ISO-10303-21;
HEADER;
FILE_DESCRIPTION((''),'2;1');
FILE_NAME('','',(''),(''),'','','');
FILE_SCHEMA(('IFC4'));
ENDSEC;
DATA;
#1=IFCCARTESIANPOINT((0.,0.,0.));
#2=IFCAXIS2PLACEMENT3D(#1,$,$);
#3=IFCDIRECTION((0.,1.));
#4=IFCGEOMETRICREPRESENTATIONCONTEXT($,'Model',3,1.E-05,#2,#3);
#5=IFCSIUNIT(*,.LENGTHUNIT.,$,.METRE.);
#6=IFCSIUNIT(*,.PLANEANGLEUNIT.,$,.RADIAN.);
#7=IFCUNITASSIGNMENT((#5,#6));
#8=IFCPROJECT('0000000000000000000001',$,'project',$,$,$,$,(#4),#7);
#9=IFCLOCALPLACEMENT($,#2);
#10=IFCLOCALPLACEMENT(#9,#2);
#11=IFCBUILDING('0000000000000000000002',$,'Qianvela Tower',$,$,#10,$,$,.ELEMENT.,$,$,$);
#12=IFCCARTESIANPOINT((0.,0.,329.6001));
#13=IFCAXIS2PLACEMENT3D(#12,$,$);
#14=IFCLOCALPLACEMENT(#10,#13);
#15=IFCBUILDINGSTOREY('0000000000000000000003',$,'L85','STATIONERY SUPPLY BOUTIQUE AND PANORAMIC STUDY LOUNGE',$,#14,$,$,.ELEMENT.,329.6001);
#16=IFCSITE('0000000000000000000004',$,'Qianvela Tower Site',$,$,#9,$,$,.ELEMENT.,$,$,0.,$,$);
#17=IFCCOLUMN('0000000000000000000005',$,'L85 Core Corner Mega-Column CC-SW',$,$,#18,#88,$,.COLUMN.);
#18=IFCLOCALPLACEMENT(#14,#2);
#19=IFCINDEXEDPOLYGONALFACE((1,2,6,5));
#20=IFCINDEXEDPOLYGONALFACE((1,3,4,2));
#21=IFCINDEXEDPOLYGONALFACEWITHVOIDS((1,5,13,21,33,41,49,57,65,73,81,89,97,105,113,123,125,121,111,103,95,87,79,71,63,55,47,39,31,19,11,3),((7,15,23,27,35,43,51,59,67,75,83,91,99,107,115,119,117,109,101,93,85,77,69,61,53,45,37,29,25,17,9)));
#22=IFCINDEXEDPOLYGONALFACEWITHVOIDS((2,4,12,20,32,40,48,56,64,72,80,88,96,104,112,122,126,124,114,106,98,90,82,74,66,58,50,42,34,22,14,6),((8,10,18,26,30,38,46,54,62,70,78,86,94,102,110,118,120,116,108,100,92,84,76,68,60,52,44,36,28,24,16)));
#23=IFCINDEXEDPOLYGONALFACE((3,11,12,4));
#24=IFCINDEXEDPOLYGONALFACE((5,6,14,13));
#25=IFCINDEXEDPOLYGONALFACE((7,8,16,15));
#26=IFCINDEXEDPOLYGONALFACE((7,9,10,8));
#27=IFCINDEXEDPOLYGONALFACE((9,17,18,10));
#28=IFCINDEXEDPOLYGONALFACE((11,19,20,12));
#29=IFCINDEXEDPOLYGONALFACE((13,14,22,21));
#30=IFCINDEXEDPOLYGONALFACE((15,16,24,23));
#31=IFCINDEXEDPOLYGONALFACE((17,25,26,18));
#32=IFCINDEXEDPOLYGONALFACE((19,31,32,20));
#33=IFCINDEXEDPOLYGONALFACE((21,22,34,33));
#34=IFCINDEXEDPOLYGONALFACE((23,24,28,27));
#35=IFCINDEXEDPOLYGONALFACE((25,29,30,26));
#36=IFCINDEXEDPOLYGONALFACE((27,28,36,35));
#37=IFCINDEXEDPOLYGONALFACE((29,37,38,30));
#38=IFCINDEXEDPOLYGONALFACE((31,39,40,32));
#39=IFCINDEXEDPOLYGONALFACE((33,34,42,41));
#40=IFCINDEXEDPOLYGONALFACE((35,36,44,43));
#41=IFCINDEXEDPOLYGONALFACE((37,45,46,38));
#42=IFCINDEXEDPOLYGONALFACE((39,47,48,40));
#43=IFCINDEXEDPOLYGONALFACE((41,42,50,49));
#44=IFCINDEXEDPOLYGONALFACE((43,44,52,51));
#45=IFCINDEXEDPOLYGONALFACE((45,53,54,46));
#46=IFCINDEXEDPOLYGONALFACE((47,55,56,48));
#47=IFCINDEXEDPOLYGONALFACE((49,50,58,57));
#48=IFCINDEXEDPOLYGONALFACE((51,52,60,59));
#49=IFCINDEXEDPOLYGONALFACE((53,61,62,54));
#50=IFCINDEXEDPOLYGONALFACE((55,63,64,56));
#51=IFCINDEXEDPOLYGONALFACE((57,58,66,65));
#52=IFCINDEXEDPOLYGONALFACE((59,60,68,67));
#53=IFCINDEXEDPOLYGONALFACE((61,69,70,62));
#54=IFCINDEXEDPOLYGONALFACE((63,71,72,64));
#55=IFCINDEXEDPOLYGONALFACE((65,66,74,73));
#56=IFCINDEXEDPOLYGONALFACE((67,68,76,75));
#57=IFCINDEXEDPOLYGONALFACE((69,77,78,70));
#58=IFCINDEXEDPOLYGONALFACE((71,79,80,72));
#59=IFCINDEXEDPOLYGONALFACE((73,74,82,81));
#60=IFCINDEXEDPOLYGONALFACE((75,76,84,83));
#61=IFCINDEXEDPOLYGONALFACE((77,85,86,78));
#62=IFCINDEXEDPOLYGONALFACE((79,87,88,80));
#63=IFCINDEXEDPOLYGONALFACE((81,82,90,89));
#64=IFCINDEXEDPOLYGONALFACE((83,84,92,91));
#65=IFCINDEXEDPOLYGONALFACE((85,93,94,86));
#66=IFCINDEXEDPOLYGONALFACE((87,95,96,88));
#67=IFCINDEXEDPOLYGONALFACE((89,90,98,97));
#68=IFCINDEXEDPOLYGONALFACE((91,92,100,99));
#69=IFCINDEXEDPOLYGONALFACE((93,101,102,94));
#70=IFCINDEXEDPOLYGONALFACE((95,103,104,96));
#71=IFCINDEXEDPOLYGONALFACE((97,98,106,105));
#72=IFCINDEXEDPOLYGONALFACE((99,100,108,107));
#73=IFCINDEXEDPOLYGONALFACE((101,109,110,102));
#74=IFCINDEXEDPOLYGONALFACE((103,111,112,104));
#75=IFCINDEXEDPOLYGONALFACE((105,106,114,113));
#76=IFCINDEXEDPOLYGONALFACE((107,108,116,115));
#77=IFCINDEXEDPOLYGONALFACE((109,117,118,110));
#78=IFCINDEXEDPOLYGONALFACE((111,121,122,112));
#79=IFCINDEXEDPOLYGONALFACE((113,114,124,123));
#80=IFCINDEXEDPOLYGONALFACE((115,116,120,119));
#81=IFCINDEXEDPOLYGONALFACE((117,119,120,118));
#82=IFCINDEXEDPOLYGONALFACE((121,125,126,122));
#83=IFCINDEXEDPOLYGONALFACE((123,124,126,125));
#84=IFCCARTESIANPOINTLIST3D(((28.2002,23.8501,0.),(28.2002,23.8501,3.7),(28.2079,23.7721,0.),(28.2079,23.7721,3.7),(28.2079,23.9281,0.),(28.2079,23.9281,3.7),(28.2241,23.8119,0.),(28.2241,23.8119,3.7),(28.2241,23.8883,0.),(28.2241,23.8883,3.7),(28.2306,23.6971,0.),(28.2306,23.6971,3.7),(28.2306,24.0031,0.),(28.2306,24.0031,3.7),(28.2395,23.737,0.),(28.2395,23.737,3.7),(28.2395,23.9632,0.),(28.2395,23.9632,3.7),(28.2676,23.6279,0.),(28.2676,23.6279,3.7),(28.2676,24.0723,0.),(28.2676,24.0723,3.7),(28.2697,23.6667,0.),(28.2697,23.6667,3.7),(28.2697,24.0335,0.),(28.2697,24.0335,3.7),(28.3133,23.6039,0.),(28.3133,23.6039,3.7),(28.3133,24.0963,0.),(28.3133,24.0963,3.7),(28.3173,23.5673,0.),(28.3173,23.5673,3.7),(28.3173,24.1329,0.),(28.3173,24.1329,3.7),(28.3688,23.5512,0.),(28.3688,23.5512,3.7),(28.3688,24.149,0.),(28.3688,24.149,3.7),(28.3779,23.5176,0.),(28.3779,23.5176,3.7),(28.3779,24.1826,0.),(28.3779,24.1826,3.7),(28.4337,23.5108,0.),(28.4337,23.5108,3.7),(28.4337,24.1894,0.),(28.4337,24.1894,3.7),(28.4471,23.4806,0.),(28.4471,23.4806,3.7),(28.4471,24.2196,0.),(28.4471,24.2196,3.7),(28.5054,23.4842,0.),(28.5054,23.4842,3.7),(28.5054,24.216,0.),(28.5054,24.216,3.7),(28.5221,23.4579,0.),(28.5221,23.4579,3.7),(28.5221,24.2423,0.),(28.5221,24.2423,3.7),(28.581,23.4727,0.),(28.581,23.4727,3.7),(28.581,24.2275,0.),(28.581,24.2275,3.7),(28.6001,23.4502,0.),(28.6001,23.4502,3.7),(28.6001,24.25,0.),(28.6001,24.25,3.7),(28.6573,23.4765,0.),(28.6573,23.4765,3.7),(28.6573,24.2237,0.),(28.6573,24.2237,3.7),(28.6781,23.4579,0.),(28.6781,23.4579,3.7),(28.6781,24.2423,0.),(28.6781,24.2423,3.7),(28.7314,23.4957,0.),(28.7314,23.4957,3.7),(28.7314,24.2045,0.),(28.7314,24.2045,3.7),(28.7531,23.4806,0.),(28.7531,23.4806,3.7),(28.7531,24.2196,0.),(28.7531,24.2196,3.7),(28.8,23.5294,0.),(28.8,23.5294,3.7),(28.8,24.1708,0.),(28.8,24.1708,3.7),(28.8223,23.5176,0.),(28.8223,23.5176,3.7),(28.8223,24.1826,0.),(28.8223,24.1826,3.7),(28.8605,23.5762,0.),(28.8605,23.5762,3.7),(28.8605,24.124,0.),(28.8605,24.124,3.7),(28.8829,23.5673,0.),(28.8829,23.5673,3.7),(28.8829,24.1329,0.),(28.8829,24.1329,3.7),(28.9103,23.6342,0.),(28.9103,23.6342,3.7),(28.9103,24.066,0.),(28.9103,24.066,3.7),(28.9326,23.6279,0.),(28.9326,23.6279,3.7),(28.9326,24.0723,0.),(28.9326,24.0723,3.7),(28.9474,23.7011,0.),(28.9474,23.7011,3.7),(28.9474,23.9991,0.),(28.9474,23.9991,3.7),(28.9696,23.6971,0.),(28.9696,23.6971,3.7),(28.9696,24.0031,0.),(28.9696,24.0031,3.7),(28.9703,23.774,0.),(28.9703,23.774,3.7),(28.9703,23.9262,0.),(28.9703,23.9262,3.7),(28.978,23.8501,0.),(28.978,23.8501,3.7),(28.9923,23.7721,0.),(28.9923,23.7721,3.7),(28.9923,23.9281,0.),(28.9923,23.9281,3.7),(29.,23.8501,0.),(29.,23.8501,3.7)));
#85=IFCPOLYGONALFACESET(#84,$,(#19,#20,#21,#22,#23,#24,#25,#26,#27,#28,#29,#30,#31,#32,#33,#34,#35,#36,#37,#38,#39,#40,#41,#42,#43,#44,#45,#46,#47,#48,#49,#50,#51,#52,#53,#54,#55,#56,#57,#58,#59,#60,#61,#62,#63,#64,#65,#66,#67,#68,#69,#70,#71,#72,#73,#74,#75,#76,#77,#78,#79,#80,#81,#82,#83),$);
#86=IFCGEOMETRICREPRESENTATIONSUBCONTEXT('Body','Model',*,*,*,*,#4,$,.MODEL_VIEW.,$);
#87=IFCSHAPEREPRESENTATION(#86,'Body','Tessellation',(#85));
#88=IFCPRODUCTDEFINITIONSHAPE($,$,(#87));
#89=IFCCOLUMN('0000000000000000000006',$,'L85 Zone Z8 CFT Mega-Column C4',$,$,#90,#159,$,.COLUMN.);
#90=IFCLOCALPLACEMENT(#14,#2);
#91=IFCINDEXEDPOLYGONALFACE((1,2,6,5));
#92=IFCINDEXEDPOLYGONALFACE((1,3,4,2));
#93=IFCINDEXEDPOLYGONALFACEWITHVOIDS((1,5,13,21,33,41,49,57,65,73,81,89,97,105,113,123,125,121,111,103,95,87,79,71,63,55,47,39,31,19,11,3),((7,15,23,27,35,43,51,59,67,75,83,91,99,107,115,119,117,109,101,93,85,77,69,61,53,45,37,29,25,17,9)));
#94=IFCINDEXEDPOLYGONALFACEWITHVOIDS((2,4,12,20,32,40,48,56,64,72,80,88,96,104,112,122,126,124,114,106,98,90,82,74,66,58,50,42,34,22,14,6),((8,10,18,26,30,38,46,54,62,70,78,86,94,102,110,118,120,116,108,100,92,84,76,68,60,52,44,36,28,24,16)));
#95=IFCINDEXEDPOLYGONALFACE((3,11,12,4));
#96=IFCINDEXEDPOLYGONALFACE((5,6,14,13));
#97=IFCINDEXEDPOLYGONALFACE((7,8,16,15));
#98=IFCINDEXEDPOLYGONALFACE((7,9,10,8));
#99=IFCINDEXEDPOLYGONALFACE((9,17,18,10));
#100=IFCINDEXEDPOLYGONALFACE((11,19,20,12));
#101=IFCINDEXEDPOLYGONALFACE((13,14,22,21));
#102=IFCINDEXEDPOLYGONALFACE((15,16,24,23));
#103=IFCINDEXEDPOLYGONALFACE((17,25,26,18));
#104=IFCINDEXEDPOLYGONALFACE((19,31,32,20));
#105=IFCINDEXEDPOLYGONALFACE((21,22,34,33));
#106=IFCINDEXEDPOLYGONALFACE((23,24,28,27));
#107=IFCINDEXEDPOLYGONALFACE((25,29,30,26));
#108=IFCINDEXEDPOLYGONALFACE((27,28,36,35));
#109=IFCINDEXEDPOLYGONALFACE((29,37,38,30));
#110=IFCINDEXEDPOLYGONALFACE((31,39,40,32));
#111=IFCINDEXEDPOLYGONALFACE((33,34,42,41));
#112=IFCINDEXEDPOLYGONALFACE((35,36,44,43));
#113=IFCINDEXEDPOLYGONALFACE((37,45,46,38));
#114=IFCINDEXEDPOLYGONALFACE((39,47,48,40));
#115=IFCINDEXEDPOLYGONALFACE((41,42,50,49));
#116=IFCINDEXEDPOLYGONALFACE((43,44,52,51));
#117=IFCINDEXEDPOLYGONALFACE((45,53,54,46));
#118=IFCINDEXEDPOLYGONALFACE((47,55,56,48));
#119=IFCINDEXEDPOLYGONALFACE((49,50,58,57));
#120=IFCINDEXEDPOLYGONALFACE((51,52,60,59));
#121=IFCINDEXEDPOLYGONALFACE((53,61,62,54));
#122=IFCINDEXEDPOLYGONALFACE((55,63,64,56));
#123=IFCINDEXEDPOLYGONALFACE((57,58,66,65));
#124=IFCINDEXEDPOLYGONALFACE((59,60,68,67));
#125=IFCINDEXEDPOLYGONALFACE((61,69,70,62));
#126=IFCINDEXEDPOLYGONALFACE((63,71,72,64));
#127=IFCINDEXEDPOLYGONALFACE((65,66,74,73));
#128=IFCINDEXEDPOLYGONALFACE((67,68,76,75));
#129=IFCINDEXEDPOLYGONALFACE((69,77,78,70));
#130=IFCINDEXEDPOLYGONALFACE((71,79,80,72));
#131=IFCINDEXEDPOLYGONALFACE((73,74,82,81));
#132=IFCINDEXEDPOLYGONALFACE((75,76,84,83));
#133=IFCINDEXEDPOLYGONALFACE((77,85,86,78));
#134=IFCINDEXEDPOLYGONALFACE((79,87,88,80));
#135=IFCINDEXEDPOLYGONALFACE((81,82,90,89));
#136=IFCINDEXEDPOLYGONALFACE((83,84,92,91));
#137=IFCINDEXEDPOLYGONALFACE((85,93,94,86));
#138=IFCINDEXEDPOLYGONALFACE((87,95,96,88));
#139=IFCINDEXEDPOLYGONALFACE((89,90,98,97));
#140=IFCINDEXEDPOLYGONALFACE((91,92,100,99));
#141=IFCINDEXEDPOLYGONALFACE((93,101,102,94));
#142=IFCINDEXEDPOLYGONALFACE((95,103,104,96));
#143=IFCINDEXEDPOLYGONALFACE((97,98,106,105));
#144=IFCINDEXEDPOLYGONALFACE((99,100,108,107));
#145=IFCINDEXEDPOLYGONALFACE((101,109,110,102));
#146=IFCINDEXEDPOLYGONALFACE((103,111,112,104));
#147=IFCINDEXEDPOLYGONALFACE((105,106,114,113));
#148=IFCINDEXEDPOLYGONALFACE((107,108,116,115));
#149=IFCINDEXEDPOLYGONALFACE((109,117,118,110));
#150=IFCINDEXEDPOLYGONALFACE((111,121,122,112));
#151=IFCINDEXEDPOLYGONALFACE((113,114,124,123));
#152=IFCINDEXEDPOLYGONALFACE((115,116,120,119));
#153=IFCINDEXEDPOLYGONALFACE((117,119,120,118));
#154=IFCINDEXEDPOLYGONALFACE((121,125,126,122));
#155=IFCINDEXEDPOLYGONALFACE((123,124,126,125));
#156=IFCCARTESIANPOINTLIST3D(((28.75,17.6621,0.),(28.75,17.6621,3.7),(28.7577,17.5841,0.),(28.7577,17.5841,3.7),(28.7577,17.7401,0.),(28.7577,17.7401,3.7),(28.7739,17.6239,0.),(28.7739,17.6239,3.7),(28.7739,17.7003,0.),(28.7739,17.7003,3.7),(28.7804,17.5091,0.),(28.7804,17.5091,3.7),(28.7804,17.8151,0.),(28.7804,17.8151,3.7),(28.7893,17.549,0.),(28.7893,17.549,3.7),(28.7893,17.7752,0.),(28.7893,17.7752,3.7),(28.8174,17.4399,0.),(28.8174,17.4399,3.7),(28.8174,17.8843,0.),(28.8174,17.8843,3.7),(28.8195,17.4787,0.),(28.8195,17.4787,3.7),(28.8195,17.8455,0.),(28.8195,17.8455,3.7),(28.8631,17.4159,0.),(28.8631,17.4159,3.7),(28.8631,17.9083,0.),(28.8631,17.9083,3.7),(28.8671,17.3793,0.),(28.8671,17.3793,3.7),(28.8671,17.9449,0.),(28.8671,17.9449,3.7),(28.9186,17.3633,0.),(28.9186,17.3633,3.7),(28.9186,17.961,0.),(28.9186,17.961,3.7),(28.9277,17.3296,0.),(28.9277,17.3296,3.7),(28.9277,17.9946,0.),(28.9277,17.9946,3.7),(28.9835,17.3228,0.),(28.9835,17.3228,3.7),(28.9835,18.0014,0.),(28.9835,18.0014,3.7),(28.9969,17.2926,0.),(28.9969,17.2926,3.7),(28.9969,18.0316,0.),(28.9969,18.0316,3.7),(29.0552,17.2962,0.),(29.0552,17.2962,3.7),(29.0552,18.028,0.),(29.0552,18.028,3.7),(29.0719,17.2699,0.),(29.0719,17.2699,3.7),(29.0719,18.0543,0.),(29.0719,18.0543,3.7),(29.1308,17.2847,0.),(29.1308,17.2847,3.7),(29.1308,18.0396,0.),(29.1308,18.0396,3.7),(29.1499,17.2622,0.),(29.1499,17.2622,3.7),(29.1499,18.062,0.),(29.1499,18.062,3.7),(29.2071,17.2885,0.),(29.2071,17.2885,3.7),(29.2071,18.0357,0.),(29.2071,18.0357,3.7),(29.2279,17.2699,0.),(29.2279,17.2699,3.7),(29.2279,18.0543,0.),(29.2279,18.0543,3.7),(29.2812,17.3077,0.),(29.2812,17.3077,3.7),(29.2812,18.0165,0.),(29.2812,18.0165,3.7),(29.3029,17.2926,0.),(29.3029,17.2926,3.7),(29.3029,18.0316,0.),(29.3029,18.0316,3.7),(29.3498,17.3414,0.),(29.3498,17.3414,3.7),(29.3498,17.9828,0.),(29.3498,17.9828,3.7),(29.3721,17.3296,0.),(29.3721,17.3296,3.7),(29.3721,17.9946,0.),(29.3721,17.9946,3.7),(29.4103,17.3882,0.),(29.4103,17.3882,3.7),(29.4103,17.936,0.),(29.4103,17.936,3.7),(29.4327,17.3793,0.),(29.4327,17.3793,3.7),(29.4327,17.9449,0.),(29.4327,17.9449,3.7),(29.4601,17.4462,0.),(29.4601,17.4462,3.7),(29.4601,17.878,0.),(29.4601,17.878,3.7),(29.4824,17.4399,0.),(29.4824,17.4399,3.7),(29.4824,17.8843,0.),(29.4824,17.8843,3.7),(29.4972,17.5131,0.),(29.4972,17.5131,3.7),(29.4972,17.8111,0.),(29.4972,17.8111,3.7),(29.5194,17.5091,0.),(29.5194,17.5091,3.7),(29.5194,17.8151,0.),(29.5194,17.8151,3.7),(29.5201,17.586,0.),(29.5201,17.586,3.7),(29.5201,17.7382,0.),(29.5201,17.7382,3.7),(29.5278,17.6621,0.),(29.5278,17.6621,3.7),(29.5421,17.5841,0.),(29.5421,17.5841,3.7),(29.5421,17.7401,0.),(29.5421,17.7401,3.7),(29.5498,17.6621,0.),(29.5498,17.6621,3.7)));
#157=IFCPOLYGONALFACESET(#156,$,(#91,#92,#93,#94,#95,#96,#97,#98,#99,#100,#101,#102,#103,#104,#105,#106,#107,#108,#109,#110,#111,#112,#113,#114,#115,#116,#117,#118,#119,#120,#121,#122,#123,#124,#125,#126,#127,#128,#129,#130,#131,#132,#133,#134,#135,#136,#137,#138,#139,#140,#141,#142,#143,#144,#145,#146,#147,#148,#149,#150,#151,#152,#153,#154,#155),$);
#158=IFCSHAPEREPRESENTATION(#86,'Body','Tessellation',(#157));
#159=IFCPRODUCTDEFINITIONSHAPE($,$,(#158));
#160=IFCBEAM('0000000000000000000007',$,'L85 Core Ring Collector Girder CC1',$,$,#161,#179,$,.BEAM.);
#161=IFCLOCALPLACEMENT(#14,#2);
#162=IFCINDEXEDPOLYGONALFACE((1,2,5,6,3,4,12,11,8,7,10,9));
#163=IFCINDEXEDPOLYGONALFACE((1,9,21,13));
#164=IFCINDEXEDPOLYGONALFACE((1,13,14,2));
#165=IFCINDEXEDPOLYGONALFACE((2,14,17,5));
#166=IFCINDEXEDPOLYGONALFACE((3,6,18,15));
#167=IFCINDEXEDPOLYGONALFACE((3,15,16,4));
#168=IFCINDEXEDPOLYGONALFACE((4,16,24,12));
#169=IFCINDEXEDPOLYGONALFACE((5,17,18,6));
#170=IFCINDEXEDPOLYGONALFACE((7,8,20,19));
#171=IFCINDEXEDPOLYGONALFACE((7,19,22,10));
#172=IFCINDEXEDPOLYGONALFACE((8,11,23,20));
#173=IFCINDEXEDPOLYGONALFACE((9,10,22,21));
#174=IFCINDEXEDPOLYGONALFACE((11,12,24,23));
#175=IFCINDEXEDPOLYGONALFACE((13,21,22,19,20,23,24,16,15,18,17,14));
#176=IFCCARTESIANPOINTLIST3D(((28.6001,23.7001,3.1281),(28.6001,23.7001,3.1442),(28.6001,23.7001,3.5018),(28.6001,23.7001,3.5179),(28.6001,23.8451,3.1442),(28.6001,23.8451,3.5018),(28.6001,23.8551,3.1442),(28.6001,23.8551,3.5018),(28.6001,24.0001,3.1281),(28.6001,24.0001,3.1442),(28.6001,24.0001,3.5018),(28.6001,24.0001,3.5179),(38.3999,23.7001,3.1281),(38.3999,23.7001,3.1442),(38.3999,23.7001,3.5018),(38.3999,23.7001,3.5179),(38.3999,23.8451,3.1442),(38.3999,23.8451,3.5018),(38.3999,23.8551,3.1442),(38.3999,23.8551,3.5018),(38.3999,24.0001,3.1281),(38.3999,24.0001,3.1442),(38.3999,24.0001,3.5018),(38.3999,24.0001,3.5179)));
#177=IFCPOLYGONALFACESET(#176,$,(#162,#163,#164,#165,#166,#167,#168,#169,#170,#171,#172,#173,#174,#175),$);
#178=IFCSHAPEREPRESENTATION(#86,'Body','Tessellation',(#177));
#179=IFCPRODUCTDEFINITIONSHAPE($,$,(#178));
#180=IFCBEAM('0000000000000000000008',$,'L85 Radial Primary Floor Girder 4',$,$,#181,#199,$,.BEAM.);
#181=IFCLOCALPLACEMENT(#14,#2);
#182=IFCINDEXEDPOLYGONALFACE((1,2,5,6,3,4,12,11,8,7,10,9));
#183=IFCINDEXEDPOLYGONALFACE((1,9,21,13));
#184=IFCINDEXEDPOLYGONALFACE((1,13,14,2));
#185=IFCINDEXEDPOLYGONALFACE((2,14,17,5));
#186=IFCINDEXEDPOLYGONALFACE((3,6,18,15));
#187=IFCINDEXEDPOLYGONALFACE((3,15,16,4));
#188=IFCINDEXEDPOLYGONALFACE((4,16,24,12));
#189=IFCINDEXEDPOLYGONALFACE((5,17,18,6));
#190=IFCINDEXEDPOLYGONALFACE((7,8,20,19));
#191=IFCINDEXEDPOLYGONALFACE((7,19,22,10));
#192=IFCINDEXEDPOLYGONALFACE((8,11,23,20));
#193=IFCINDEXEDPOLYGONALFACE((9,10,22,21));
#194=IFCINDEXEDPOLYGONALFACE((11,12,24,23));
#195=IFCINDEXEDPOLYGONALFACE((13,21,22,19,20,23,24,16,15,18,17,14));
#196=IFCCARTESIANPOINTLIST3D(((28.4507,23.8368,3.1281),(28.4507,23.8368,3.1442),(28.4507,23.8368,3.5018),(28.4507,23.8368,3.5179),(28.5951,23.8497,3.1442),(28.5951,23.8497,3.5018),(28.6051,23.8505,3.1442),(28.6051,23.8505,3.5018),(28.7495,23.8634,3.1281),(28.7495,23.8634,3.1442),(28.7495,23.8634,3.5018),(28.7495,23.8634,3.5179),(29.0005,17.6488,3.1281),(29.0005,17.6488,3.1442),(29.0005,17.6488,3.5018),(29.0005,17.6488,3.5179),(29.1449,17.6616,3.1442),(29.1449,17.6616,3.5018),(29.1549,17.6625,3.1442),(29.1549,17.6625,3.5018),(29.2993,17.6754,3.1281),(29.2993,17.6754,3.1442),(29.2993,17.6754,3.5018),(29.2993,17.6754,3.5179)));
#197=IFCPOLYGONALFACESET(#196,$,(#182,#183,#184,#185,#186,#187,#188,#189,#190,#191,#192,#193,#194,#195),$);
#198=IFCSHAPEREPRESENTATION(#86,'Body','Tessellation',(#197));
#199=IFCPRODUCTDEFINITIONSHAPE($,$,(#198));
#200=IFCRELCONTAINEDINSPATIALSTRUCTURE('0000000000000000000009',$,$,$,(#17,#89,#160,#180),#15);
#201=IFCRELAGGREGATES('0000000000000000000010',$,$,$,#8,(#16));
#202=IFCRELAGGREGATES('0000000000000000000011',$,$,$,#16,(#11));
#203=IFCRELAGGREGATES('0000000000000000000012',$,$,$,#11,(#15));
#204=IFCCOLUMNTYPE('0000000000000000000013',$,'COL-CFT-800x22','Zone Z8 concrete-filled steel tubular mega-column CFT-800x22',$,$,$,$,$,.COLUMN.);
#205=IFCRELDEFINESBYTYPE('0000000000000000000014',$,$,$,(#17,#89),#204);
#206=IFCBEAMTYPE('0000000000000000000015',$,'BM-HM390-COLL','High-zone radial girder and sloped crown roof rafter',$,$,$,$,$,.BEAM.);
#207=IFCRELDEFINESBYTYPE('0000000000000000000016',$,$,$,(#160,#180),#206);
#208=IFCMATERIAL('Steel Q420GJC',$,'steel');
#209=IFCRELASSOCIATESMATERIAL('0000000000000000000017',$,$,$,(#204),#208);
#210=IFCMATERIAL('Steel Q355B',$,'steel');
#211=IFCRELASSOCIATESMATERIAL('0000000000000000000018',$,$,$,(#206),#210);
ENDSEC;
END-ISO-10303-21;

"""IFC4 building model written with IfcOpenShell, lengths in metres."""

from ifc_helpers import new_model, si_unit, direction, frame, origin, origin_2d, place, context, subcontext, project, spatial, hollow_circle, i_section, extrude, material, material_profile, profile_set, type_object, element, save


model = new_model("IFC4")

# Units and contexts
model_context = context("Model", 3, precision=1e-05, world=origin(), true_north=direction((0.0, 1.0)))
body_context = subcontext(model_context, "Body", "Model", "MODEL_VIEW")
ifc_project = project(units=[si_unit("LENGTHUNIT", "METRE"), si_unit("PLANEANGLEUNIT", "RADIAN")], contexts=[model_context])

# Site, building, storey
site_placement = place(None, origin())
site = spatial("IfcSite", under=ifc_project, at=site_placement, Name="Qianvela Tower Site", CompositionType="ELEMENT", RefElevation=0.0)
building_placement = place(site_placement, origin())
building = spatial("IfcBuilding", under=site, at=building_placement, Name="Qianvela Tower", CompositionType="ELEMENT")
storey_placement = place(building_placement, frame((0.0, 0.0, 329.6001)))
storey = spatial("IfcBuildingStorey", under=building, at=storey_placement, Name="L85", Description="STATIONERY SUPPLY BOUTIQUE AND PANORAMIC STUDY LOUNGE", CompositionType="ELEMENT", Elevation=329.6001)

# Columns
ifc_material_1 = material(Name="Steel Q420GJC", Category="steel")
ifc_material_profile_1 = material_profile(ifc_material_1, hollow_circle(Radius=0.3999, WallThickness=0.022, at=origin_2d()), Name="CFT-800x22")
ifc_profile_set_1 = profile_set([ifc_material_profile_1], Name="Steel Q420GJC")
column_type = type_object("IfcColumnType", Name="COL-CFT-800x22", Description="Zone Z8 concrete-filled steel tubular mega-column CFT-800x22", PredefinedType="COLUMN", material=ifc_profile_set_1)
for number, where, z_axis, x_axis, name in (
    (1, (28.6001, 23.8501, 0.0), (0.0, 0.0, 1.0), (1.0, 0.0, 0.0), "L85 Core Corner Mega-Column CC-SW"),
    (2, (29.1499, 17.6621, 0.0), (0.0, 0.0, 1.0), (1.0, 0.0, 0.0), "L85 Zone Z8 CFT Mega-Column C4"),
):
    element("IfcColumn", number, at=place(storey_placement, frame(where, z_axis=z_axis, x_axis=x_axis)), inside=storey, type_object=column_type, Name=name, PredefinedType="COLUMN", context=body_context, shape_type="SweptSolid", body=[
        extrude(hollow_circle(Radius=0.3999, WallThickness=0.022, at=origin_2d()), origin(), (0.0, 0.0, 1.0), 3.7),
    ])

# Beams
ifc_material_2 = material(Name="Steel Q355B", Category="steel")
ifc_material_profile_2 = material_profile(ifc_material_2, i_section(OverallWidth=0.3, OverallDepth=0.3899, WebThickness=0.01, FlangeThickness=0.0161, at=origin_2d()), Name="HM390x300x10x16")
ifc_profile_set_2 = profile_set([ifc_material_profile_2], Name="Steel Q355B")
beam_type_1 = type_object("IfcBeamType", Name="BM-HM390-COLL", Description="High-zone radial girder and sloped crown roof rafter", PredefinedType="BEAM", material=ifc_profile_set_2)
beam_1_placement = place(storey_placement, frame((28.6001, 23.8501, 3.323), z_axis=(1.0, 0.0, 0.0), x_axis=(0.0, 1.0, 0.0)))
element("IfcBeam", 3, at=beam_1_placement, inside=storey, type_object=beam_type_1, Name="L85 Core Ring Collector Girder CC1", PredefinedType="BEAM", context=body_context, shape_type="SweptSolid", body=[
    extrude(i_section(OverallWidth=0.3, OverallDepth=0.3899, WebThickness=0.01, FlangeThickness=0.0161, at=origin_2d()), origin(), (0.0, 0.0, 1.0), 9.7998),
])
beam_2_placement = place(storey_placement, frame((28.6001, 23.8501, 3.323), z_axis=(0.088502, -0.996076, 0.0), x_axis=(0.996076, 0.088502, 0.0)))
element("IfcBeam", 4, at=beam_2_placement, inside=storey, type_object=beam_type_1, Name="L85 Radial Primary Floor Girder 4", PredefinedType="BEAM", context=body_context, shape_type="SweptSolid", body=[
    extrude(i_section(OverallWidth=0.3, OverallDepth=0.3899, WebThickness=0.01, FlangeThickness=0.0161, at=origin_2d()), origin(), (0.0, 0.0, 1.0), 6.2124),
])

save(model, "model.ifc")
